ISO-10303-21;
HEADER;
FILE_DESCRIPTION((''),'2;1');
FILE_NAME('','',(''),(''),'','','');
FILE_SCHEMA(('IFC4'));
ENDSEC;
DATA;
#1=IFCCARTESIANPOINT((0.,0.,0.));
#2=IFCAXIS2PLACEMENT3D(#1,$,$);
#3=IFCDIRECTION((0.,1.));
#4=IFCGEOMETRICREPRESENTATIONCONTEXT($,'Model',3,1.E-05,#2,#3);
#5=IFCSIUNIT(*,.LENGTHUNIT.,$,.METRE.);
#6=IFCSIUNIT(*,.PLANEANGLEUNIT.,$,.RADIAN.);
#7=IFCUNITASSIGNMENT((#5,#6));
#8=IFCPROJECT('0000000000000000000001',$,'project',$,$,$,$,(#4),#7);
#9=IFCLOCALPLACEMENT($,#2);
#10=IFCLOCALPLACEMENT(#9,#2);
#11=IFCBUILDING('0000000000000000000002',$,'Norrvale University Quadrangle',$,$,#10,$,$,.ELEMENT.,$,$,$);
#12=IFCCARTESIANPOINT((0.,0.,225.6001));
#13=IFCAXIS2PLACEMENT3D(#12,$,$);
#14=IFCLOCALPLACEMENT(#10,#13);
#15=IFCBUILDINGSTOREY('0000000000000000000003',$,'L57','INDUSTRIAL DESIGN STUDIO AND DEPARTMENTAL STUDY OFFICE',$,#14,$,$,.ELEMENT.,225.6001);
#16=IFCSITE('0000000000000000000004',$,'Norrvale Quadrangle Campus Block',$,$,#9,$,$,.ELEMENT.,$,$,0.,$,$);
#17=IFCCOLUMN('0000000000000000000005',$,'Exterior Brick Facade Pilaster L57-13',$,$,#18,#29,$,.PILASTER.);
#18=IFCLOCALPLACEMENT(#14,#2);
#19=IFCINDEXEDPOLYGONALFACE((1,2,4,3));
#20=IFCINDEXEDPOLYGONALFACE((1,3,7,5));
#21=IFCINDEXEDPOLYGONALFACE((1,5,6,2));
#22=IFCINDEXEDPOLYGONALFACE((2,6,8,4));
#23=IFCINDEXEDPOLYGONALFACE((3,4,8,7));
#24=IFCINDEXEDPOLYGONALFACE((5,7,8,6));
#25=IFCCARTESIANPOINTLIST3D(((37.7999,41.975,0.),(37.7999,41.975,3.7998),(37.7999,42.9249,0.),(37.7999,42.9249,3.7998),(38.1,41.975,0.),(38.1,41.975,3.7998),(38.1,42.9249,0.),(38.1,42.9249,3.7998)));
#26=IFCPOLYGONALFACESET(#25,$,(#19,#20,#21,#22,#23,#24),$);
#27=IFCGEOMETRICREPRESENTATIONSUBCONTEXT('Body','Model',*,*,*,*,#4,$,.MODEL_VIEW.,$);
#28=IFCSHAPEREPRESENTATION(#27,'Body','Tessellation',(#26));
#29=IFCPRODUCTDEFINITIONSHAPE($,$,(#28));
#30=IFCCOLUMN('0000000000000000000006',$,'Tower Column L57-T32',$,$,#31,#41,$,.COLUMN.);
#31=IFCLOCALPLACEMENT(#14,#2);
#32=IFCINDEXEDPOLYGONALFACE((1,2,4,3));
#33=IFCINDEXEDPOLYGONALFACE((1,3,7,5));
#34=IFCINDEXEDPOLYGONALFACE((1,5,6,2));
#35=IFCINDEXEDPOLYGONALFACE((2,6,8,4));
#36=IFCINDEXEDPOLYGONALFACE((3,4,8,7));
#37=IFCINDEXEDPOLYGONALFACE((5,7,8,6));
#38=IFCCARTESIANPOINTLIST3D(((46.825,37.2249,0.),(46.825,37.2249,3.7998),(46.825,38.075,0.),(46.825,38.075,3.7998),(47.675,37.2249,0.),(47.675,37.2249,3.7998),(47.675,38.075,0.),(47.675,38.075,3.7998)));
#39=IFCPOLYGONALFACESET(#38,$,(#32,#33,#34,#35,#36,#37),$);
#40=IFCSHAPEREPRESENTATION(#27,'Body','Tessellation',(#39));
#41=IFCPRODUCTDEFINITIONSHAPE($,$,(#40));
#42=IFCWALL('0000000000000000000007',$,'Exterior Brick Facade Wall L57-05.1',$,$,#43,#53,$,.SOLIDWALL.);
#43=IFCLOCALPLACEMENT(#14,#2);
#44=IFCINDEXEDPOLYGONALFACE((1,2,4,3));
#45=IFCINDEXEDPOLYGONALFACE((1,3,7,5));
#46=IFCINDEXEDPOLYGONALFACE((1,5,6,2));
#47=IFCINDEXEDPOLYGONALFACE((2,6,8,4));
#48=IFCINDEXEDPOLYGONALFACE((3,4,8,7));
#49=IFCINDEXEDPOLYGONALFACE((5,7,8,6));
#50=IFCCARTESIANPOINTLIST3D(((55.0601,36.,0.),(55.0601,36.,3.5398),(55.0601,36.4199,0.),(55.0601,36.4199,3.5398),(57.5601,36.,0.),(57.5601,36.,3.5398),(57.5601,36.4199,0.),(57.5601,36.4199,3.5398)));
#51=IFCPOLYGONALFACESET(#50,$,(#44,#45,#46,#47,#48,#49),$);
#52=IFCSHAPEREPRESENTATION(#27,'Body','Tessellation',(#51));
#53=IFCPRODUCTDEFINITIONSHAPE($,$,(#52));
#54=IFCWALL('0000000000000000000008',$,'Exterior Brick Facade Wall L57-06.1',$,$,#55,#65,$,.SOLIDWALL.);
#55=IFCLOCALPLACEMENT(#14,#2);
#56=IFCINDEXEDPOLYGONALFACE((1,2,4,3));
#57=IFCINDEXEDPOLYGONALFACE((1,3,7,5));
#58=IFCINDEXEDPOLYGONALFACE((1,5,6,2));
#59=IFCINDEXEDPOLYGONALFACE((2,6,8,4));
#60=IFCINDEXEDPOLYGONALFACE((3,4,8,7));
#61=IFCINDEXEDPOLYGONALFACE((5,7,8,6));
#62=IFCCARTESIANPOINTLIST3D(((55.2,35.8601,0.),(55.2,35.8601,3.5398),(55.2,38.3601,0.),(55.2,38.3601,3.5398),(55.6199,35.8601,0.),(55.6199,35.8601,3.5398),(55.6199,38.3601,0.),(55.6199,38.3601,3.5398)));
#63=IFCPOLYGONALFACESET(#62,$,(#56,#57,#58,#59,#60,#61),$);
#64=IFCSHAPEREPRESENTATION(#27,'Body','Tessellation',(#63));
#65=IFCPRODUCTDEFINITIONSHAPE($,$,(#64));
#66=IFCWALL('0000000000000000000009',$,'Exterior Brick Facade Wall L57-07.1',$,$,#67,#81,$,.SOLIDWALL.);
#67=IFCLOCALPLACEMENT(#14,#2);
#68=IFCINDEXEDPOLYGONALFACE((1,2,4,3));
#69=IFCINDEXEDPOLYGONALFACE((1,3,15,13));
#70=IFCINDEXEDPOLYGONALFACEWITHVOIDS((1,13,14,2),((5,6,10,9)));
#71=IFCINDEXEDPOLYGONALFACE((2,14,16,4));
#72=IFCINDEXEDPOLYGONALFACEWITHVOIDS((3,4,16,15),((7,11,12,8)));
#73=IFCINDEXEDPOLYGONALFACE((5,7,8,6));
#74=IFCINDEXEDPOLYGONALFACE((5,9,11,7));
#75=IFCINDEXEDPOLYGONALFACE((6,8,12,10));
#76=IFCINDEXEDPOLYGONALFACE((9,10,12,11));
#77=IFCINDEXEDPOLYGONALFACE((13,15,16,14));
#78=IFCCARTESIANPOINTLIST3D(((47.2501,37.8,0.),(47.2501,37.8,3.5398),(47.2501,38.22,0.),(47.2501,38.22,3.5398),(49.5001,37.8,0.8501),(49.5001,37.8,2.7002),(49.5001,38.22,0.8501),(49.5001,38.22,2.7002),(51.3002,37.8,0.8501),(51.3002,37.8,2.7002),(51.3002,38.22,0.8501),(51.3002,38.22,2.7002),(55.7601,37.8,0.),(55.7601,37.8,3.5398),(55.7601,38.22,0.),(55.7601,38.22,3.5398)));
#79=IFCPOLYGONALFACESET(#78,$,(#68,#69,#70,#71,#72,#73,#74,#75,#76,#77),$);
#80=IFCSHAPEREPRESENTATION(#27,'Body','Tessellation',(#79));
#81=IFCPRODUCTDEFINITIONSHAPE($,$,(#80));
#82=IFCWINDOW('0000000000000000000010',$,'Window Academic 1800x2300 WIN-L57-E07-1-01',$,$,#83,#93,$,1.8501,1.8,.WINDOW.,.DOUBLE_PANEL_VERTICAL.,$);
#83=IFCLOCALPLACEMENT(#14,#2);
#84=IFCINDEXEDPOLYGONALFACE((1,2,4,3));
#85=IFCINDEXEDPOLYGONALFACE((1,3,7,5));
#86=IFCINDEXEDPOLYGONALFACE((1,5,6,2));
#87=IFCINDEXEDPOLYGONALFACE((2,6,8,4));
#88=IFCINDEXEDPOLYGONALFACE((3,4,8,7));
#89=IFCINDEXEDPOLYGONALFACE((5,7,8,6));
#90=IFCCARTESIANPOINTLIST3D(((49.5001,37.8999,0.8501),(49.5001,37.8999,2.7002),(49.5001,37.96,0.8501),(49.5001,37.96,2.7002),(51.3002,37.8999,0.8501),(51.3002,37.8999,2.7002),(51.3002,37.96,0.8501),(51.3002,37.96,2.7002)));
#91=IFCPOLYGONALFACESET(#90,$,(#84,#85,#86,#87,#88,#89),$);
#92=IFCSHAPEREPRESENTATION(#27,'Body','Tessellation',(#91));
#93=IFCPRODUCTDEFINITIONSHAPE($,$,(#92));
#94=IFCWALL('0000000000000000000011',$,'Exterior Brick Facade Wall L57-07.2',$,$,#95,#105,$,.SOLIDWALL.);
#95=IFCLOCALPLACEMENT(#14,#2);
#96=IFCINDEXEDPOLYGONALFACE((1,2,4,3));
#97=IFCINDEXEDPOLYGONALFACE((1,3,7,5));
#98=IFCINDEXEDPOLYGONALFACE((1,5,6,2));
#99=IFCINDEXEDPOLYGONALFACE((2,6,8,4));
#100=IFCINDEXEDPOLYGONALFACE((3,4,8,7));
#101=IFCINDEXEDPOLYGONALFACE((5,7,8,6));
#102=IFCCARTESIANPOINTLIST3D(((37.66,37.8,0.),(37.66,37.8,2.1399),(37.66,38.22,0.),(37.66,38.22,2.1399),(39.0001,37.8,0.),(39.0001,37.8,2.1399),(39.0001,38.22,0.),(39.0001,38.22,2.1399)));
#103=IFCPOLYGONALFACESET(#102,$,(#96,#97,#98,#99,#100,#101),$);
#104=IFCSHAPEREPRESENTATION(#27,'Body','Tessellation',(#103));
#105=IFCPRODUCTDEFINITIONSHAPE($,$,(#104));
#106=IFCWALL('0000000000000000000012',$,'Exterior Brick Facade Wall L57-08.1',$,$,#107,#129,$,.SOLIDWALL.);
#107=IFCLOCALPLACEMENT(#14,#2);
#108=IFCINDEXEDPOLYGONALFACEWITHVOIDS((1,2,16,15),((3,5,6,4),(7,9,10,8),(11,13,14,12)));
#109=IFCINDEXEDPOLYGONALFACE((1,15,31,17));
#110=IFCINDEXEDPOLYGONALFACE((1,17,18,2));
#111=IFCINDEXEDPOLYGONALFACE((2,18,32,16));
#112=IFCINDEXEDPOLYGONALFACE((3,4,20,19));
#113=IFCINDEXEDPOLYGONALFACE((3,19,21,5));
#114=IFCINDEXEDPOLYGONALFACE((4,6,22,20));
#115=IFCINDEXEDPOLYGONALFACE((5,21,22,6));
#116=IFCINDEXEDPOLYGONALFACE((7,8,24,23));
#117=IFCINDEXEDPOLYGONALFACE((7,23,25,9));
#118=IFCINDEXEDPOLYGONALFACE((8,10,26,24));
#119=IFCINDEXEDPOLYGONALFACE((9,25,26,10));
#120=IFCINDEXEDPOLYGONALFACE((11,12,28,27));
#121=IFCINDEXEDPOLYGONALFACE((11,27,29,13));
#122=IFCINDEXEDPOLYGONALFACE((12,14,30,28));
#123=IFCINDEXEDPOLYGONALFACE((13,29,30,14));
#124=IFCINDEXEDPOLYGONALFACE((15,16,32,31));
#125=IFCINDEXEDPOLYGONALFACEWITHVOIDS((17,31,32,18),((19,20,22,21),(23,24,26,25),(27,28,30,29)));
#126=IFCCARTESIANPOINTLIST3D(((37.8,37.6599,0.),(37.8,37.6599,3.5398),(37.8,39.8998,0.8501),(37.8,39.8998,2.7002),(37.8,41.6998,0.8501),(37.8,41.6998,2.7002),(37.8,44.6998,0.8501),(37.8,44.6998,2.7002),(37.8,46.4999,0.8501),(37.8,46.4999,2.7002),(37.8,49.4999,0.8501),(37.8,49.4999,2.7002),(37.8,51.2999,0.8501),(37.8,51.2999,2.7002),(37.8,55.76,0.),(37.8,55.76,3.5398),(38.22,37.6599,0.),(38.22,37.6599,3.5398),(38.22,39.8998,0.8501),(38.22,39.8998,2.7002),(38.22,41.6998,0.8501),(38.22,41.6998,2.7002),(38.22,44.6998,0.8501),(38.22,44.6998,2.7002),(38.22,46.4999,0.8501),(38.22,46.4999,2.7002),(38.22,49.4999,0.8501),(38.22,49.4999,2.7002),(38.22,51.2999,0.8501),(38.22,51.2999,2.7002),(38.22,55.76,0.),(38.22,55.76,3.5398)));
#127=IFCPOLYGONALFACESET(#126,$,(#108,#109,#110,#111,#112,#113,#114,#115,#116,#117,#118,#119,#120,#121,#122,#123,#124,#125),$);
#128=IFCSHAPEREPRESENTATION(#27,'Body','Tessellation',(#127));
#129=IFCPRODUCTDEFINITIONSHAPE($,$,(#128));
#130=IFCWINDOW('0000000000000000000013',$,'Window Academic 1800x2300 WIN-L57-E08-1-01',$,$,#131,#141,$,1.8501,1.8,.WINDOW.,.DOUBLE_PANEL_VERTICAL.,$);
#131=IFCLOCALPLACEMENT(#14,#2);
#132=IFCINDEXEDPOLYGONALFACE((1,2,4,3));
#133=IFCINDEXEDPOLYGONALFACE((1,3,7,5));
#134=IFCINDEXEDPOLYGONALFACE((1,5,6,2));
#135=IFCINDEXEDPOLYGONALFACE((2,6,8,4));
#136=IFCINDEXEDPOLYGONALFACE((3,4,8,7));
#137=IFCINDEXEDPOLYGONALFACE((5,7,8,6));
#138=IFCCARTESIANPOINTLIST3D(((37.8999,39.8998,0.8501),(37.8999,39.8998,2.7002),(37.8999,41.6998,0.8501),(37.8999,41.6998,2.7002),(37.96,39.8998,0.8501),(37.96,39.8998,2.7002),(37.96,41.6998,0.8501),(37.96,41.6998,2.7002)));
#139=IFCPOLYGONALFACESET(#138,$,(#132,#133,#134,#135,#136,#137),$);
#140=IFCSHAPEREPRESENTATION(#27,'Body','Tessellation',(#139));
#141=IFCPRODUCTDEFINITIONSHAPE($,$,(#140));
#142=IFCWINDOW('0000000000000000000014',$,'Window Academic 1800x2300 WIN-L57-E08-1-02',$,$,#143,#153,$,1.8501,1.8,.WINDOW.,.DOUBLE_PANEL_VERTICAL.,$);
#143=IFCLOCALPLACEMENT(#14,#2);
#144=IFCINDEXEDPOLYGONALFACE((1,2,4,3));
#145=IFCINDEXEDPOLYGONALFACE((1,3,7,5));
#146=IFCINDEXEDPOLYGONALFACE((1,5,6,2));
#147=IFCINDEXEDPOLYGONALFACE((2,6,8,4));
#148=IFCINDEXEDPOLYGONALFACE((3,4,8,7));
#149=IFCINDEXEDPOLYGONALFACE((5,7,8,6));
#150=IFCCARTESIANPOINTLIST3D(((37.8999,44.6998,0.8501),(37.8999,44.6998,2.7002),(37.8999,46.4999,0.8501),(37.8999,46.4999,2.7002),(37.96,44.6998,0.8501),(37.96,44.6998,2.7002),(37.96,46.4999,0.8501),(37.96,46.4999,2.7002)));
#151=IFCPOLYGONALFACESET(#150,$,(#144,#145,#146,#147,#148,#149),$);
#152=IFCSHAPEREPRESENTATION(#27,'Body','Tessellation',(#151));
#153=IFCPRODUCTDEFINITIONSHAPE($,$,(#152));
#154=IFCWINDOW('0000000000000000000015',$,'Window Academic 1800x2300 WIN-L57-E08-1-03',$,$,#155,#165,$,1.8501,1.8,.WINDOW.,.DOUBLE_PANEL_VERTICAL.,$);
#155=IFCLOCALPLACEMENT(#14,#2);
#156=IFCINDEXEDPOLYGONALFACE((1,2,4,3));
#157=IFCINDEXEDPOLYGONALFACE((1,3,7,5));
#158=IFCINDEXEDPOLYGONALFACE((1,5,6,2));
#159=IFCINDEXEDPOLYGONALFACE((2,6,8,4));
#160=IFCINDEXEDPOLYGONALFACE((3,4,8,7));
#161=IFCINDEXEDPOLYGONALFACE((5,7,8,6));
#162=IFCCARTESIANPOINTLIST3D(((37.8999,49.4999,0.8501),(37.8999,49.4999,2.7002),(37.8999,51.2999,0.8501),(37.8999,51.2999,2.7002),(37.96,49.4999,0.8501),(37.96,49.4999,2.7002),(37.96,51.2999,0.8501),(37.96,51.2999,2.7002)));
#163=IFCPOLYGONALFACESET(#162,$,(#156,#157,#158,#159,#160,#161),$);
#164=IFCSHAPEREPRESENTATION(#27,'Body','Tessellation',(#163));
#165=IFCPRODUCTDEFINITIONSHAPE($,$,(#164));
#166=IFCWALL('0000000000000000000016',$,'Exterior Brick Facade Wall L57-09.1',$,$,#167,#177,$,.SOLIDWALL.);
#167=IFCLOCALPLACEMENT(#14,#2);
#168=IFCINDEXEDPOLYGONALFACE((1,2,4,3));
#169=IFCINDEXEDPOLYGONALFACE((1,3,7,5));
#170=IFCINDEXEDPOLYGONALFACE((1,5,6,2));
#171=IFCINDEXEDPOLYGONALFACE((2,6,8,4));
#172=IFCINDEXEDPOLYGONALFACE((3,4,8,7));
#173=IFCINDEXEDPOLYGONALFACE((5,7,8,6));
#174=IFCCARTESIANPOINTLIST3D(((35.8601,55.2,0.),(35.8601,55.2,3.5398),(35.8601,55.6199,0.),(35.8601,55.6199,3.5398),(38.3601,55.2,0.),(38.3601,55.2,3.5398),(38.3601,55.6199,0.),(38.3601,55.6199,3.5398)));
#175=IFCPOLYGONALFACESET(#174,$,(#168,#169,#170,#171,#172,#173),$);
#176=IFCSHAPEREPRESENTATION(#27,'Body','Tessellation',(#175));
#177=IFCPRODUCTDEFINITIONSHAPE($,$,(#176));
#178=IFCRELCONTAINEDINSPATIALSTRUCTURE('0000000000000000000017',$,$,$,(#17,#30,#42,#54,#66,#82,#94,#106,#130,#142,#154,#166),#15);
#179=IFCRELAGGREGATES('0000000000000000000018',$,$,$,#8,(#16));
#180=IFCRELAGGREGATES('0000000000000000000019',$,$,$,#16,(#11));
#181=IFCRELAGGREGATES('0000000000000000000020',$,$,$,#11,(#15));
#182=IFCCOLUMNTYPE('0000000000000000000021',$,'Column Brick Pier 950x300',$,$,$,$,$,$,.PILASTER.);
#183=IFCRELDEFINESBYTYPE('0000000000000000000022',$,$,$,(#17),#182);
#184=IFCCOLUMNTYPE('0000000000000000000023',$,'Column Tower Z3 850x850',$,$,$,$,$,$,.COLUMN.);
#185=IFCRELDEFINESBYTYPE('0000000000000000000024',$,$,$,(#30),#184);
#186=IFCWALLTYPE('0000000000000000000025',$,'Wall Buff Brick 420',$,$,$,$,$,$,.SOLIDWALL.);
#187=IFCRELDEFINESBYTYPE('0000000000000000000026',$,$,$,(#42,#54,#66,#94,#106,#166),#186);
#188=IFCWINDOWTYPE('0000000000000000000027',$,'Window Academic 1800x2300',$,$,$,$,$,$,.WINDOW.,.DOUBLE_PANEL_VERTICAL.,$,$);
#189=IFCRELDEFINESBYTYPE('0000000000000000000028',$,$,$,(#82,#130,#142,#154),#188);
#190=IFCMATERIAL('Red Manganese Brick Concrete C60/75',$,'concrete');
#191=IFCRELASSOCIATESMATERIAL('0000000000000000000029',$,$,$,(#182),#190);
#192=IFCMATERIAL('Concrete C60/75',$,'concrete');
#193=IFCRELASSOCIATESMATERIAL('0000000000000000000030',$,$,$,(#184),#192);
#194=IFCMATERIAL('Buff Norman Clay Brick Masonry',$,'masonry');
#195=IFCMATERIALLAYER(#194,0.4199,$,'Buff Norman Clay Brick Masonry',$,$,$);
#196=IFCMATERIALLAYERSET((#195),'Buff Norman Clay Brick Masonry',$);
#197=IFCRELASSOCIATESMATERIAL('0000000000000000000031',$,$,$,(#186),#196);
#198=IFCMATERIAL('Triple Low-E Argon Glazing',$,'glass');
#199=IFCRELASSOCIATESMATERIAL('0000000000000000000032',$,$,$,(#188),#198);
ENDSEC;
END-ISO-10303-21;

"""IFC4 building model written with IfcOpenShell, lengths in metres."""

from ifc_helpers import new_model, si_unit, direction, frame, frame_2d, origin, origin_2d, place, context, subcontext, project, spatial, rectangle, extrude, material, layer, layer_set, material_profile, profile_set, type_object, element, fill, save


model = new_model("IFC4")

# Units and contexts
model_context = context("Model", 3, precision=1e-05, world=origin(), true_north=direction((0.0, 1.0)))
body_context = subcontext(model_context, "Body", "Model", "MODEL_VIEW")
ifc_project = project(units=[si_unit("LENGTHUNIT", "METRE"), si_unit("PLANEANGLEUNIT", "RADIAN")], contexts=[model_context])

# Site, building, storey
site_placement = place(None, origin())
site = spatial("IfcSite", under=ifc_project, at=site_placement, Name="Norrvale Quadrangle Campus Block", CompositionType="ELEMENT", RefElevation=0.0)
building_placement = place(site_placement, origin())
building = spatial("IfcBuilding", under=site, at=building_placement, Name="Norrvale University Quadrangle", CompositionType="ELEMENT")
storey_placement = place(building_placement, frame((0.0, 0.0, 225.6001)))
storey = spatial("IfcBuildingStorey", under=building, at=storey_placement, Name="L57", Description="INDUSTRIAL DESIGN STUDIO AND DEPARTMENTAL STUDY OFFICE", CompositionType="ELEMENT", Elevation=225.6001)

# Columns
ifc_material_1 = material(Name="Red Manganese Brick Concrete C60/75", Category="concrete")
ifc_material_profile_1 = material_profile(ifc_material_1, rectangle(XDim=0.95, YDim=0.3, at=origin_2d()), Name="Red Manganese Brick Concrete C60/75")
ifc_profile_set_1 = profile_set([ifc_material_profile_1], Name="Red Manganese Brick Concrete C60/75")
column_type_1 = type_object("IfcColumnType", Name="Column Brick Pier 950x300", PredefinedType="PILASTER", material=ifc_profile_set_1)
column_1_placement = place(storey_placement, frame((37.95, 42.45, 0.0), z_axis=(0.0, 0.0, 1.0), x_axis=(0.0, 1.0, 0.0)))
element("IfcColumn", 1, at=column_1_placement, inside=storey, type_object=column_type_1, Name="Exterior Brick Facade Pilaster L57-13", PredefinedType="PILASTER", context=body_context, shape_type="SweptSolid", body=[
    extrude(rectangle(XDim=0.95, YDim=0.3, at=origin_2d()), origin(), (0.0, 0.0, 1.0), 3.7998),
])
ifc_material_2 = material(Name="Concrete C60/75", Category="concrete")
ifc_material_profile_2 = material_profile(ifc_material_2, rectangle(XDim=0.8501, YDim=0.8501, at=origin_2d()), Name="Concrete C60/75")
ifc_profile_set_2 = profile_set([ifc_material_profile_2], Name="Concrete C60/75")
column_type_2 = type_object("IfcColumnType", Name="Column Tower Z3 850x850", PredefinedType="COLUMN", material=ifc_profile_set_2)
column_2_placement = place(storey_placement, frame((47.25, 37.6499, 0.0), z_axis=(0.0, 0.0, 1.0), x_axis=(1.0, 0.0, 0.0)))
element("IfcColumn", 2, at=column_2_placement, inside=storey, type_object=column_type_2, Name="Tower Column L57-T32", PredefinedType="COLUMN", context=body_context, shape_type="SweptSolid", body=[
    extrude(rectangle(XDim=0.8501, YDim=0.8501, at=origin_2d()), origin(), (0.0, 0.0, 1.0), 3.7998),
])

# Walls
ifc_material_3 = material(Name="Buff Norman Clay Brick Masonry", Category="masonry")
ifc_layer_1 = layer(ifc_material_3, 0.4199, Name="Buff Norman Clay Brick Masonry")
ifc_layer_set_1 = layer_set([ifc_layer_1], Name="Buff Norman Clay Brick Masonry")
wall_type = type_object("IfcWallType", Name="Wall Buff Brick 420", PredefinedType="SOLIDWALL", material=ifc_layer_set_1)
for number, where, z_axis, x_axis, name in (
    (3, (57.5601, 36.21, 0.0), (0.0, 0.0, 1.0), (-1.0, 0.0, 0.0), "Exterior Brick Facade Wall L57-05.1"),
    (4, (55.4099, 35.8601, 0.0), (0.0, 0.0, 1.0), (0.0, 1.0, 0.0), "Exterior Brick Facade Wall L57-06.1"),
):
    element("IfcWall", number, at=place(storey_placement, frame(where, z_axis=z_axis, x_axis=x_axis)), inside=storey, type_object=wall_type, Name=name, PredefinedType="SOLIDWALL", context=body_context, shape_type="SweptSolid", body=[
        extrude(rectangle(XDim=2.5, YDim=0.4199, at=frame_2d((1.25, 0.0))), origin(), (0.0, 0.0, 1.0), 3.5398),
    ])

# Wall, opening, window
wall_1_placement = place(storey_placement, frame((55.76, 38.01, 0.0), z_axis=(0.0, 0.0, 1.0), x_axis=(-1.0, 0.0, 0.0)))
wall_1 = element("IfcWall", 5, at=wall_1_placement, inside=storey, type_object=wall_type, Name="Exterior Brick Facade Wall L57-07.1", PredefinedType="SOLIDWALL", context=body_context, shape_type="SweptSolid", body=[
    extrude(rectangle(XDim=8.51, YDim=0.4199, at=frame_2d((4.2549, 0.0))), origin(), (0.0, 0.0, 1.0), 3.5398),
])
opening_1_placement = place(wall_1_placement, frame((4.46, 0.0, 0.8501)))
opening_1 = element("IfcOpeningElement", 6, at=opening_1_placement, cuts=wall_1, PredefinedType="OPENING", context=body_context, shape_type="SweptSolid", body=[
    extrude(rectangle(XDim=1.8, YDim=1.8501, at=frame_2d((0.8999, 0.925))), frame((0.0, 0.2219, 0.0), z_axis=(0.0, -1.0, 0.0), x_axis=(1.0, 0.0, 0.0)), (0.0, 0.0, 1.0), 0.4438),
])
ifc_material_4 = material(Name="Triple Low-E Argon Glazing", Category="glass")
window_type = type_object("IfcWindowType", Name="Window Academic 1800x2300", PartitioningType="DOUBLE_PANEL_VERTICAL", PredefinedType="WINDOW", material=ifc_material_4)
window_1_placement = place(opening_1_placement, origin())
window_1 = element("IfcWindow", 7, at=window_1_placement, inside=storey, type_object=window_type, Name="Window Academic 1800x2300 WIN-L57-E07-1-01", OverallHeight=1.8501, OverallWidth=1.8, PartitioningType="DOUBLE_PANEL_VERTICAL", PredefinedType="WINDOW", context=body_context, shape_type="SweptSolid", body=[
    extrude(rectangle(XDim=1.8, YDim=1.8501, at=frame_2d((0.8999, 0.925))), frame((0.0, 0.1101, 0.0), z_axis=(0.0, -1.0, 0.0), x_axis=(1.0, 0.0, 0.0)), (0.0, 0.0, 1.0), 0.0601),
])
fill(opening_1, window_1)

# Wall
wall_2_placement = place(storey_placement, frame((39.0, 38.01, 0.0), z_axis=(0.0, 0.0, 1.0), x_axis=(-1.0, 0.0, 0.0)))
element("IfcWall", 8, at=wall_2_placement, inside=storey, type_object=wall_type, Name="Exterior Brick Facade Wall L57-07.2", PredefinedType="SOLIDWALL", context=body_context, shape_type="SweptSolid", body=[
    extrude(rectangle(XDim=1.3401, YDim=0.4199, at=frame_2d((0.6699, 0.0))), origin(), (0.0, 0.0, 1.0), 2.1399),
])

# Wall, openings, windows
wall_3_placement = place(storey_placement, frame((38.01, 37.6599, 0.0), z_axis=(0.0, 0.0, 1.0), x_axis=(0.0, 1.0, 0.0)))
wall_3 = element("IfcWall", 9, at=wall_3_placement, inside=storey, type_object=wall_type, Name="Exterior Brick Facade Wall L57-08.1", PredefinedType="SOLIDWALL", context=body_context, shape_type="SweptSolid", body=[
    extrude(rectangle(XDim=18.1001, YDim=0.4199, at=frame_2d((9.05, 0.0))), origin(), (0.0, 0.0, 1.0), 3.5398),
])
opening_2_placement = place(wall_3_placement, frame((2.24, 0.0, 0.8501)))
opening_2 = element("IfcOpeningElement", 10, at=opening_2_placement, cuts=wall_3, PredefinedType="OPENING", context=body_context, shape_type="SweptSolid", body=[
    extrude(rectangle(XDim=1.8, YDim=1.8501, at=frame_2d((0.8999, 0.925))), frame((0.0, 0.2219, 0.0), z_axis=(0.0, -1.0, 0.0), x_axis=(1.0, 0.0, 0.0)), (0.0, 0.0, 1.0), 0.4438),
])
opening_3_placement = place(wall_3_placement, frame((7.04, 0.0, 0.8501)))
opening_3 = element("IfcOpeningElement", 11, at=opening_3_placement, cuts=wall_3, PredefinedType="OPENING", context=body_context, shape_type="SweptSolid", body=[
    extrude(rectangle(XDim=1.8, YDim=1.8501, at=frame_2d((0.8999, 0.925))), frame((0.0, 0.2219, 0.0), z_axis=(0.0, -1.0, 0.0), x_axis=(1.0, 0.0, 0.0)), (0.0, 0.0, 1.0), 0.4438),
])
opening_4_placement = place(wall_3_placement, frame((11.8401, 0.0, 0.8501)))
opening_4 = element("IfcOpeningElement", 12, at=opening_4_placement, cuts=wall_3, PredefinedType="OPENING", context=body_context, shape_type="SweptSolid", body=[
    extrude(rectangle(XDim=1.8, YDim=1.8501, at=frame_2d((0.8999, 0.925))), frame((0.0, 0.2219, 0.0), z_axis=(0.0, -1.0, 0.0), x_axis=(1.0, 0.0, 0.0)), (0.0, 0.0, 1.0), 0.4438),
])
window_2_placement = place(opening_2_placement, origin())
window_2 = element("IfcWindow", 13, at=window_2_placement, inside=storey, type_object=window_type, Name="Window Academic 1800x2300 WIN-L57-E08-1-01", OverallHeight=1.8501, OverallWidth=1.8, PartitioningType="DOUBLE_PANEL_VERTICAL", PredefinedType="WINDOW", context=body_context, shape_type="SweptSolid", body=[
    extrude(rectangle(XDim=1.8, YDim=1.8501, at=frame_2d((0.8999, 0.925))), frame((0.0, 0.1101, 0.0), z_axis=(0.0, -1.0, 0.0), x_axis=(1.0, 0.0, 0.0)), (0.0, 0.0, 1.0), 0.0601),
])
fill(opening_2, window_2)
window_3_placement = place(opening_3_placement, origin())
window_3 = element("IfcWindow", 14, at=window_3_placement, inside=storey, type_object=window_type, Name="Window Academic 1800x2300 WIN-L57-E08-1-02", OverallHeight=1.8501, OverallWidth=1.8, PartitioningType="DOUBLE_PANEL_VERTICAL", PredefinedType="WINDOW", context=body_context, shape_type="SweptSolid", body=[
    extrude(rectangle(XDim=1.8, YDim=1.8501, at=frame_2d((0.8999, 0.925))), frame((0.0, 0.1101, 0.0), z_axis=(0.0, -1.0, 0.0), x_axis=(1.0, 0.0, 0.0)), (0.0, 0.0, 1.0), 0.0601),
])
fill(opening_3, window_3)
window_4_placement = place(opening_4_placement, origin())
window_4 = element("IfcWindow", 15, at=window_4_placement, inside=storey, type_object=window_type, Name="Window Academic 1800x2300 WIN-L57-E08-1-03", OverallHeight=1.8501, OverallWidth=1.8, PartitioningType="DOUBLE_PANEL_VERTICAL", PredefinedType="WINDOW", context=body_context, shape_type="SweptSolid", body=[
    extrude(rectangle(XDim=1.8, YDim=1.8501, at=frame_2d((0.8999, 0.925))), frame((0.0, 0.1101, 0.0), z_axis=(0.0, -1.0, 0.0), x_axis=(1.0, 0.0, 0.0)), (0.0, 0.0, 1.0), 0.0601),
])
fill(opening_4, window_4)

# Wall
wall_4_placement = place(storey_placement, frame((38.3601, 55.4099, 0.0), z_axis=(0.0, 0.0, 1.0), x_axis=(-1.0, 0.0, 0.0)))
element("IfcWall", 16, at=wall_4_placement, inside=storey, type_object=wall_type, Name="Exterior Brick Facade Wall L57-09.1", PredefinedType="SOLIDWALL", context=body_context, shape_type="SweptSolid", body=[
    extrude(rectangle(XDim=2.5, YDim=0.4199, at=frame_2d((1.25, 0.0))), origin(), (0.0, 0.0, 1.0), 3.5398),
])

save(model, "model.ifc")
